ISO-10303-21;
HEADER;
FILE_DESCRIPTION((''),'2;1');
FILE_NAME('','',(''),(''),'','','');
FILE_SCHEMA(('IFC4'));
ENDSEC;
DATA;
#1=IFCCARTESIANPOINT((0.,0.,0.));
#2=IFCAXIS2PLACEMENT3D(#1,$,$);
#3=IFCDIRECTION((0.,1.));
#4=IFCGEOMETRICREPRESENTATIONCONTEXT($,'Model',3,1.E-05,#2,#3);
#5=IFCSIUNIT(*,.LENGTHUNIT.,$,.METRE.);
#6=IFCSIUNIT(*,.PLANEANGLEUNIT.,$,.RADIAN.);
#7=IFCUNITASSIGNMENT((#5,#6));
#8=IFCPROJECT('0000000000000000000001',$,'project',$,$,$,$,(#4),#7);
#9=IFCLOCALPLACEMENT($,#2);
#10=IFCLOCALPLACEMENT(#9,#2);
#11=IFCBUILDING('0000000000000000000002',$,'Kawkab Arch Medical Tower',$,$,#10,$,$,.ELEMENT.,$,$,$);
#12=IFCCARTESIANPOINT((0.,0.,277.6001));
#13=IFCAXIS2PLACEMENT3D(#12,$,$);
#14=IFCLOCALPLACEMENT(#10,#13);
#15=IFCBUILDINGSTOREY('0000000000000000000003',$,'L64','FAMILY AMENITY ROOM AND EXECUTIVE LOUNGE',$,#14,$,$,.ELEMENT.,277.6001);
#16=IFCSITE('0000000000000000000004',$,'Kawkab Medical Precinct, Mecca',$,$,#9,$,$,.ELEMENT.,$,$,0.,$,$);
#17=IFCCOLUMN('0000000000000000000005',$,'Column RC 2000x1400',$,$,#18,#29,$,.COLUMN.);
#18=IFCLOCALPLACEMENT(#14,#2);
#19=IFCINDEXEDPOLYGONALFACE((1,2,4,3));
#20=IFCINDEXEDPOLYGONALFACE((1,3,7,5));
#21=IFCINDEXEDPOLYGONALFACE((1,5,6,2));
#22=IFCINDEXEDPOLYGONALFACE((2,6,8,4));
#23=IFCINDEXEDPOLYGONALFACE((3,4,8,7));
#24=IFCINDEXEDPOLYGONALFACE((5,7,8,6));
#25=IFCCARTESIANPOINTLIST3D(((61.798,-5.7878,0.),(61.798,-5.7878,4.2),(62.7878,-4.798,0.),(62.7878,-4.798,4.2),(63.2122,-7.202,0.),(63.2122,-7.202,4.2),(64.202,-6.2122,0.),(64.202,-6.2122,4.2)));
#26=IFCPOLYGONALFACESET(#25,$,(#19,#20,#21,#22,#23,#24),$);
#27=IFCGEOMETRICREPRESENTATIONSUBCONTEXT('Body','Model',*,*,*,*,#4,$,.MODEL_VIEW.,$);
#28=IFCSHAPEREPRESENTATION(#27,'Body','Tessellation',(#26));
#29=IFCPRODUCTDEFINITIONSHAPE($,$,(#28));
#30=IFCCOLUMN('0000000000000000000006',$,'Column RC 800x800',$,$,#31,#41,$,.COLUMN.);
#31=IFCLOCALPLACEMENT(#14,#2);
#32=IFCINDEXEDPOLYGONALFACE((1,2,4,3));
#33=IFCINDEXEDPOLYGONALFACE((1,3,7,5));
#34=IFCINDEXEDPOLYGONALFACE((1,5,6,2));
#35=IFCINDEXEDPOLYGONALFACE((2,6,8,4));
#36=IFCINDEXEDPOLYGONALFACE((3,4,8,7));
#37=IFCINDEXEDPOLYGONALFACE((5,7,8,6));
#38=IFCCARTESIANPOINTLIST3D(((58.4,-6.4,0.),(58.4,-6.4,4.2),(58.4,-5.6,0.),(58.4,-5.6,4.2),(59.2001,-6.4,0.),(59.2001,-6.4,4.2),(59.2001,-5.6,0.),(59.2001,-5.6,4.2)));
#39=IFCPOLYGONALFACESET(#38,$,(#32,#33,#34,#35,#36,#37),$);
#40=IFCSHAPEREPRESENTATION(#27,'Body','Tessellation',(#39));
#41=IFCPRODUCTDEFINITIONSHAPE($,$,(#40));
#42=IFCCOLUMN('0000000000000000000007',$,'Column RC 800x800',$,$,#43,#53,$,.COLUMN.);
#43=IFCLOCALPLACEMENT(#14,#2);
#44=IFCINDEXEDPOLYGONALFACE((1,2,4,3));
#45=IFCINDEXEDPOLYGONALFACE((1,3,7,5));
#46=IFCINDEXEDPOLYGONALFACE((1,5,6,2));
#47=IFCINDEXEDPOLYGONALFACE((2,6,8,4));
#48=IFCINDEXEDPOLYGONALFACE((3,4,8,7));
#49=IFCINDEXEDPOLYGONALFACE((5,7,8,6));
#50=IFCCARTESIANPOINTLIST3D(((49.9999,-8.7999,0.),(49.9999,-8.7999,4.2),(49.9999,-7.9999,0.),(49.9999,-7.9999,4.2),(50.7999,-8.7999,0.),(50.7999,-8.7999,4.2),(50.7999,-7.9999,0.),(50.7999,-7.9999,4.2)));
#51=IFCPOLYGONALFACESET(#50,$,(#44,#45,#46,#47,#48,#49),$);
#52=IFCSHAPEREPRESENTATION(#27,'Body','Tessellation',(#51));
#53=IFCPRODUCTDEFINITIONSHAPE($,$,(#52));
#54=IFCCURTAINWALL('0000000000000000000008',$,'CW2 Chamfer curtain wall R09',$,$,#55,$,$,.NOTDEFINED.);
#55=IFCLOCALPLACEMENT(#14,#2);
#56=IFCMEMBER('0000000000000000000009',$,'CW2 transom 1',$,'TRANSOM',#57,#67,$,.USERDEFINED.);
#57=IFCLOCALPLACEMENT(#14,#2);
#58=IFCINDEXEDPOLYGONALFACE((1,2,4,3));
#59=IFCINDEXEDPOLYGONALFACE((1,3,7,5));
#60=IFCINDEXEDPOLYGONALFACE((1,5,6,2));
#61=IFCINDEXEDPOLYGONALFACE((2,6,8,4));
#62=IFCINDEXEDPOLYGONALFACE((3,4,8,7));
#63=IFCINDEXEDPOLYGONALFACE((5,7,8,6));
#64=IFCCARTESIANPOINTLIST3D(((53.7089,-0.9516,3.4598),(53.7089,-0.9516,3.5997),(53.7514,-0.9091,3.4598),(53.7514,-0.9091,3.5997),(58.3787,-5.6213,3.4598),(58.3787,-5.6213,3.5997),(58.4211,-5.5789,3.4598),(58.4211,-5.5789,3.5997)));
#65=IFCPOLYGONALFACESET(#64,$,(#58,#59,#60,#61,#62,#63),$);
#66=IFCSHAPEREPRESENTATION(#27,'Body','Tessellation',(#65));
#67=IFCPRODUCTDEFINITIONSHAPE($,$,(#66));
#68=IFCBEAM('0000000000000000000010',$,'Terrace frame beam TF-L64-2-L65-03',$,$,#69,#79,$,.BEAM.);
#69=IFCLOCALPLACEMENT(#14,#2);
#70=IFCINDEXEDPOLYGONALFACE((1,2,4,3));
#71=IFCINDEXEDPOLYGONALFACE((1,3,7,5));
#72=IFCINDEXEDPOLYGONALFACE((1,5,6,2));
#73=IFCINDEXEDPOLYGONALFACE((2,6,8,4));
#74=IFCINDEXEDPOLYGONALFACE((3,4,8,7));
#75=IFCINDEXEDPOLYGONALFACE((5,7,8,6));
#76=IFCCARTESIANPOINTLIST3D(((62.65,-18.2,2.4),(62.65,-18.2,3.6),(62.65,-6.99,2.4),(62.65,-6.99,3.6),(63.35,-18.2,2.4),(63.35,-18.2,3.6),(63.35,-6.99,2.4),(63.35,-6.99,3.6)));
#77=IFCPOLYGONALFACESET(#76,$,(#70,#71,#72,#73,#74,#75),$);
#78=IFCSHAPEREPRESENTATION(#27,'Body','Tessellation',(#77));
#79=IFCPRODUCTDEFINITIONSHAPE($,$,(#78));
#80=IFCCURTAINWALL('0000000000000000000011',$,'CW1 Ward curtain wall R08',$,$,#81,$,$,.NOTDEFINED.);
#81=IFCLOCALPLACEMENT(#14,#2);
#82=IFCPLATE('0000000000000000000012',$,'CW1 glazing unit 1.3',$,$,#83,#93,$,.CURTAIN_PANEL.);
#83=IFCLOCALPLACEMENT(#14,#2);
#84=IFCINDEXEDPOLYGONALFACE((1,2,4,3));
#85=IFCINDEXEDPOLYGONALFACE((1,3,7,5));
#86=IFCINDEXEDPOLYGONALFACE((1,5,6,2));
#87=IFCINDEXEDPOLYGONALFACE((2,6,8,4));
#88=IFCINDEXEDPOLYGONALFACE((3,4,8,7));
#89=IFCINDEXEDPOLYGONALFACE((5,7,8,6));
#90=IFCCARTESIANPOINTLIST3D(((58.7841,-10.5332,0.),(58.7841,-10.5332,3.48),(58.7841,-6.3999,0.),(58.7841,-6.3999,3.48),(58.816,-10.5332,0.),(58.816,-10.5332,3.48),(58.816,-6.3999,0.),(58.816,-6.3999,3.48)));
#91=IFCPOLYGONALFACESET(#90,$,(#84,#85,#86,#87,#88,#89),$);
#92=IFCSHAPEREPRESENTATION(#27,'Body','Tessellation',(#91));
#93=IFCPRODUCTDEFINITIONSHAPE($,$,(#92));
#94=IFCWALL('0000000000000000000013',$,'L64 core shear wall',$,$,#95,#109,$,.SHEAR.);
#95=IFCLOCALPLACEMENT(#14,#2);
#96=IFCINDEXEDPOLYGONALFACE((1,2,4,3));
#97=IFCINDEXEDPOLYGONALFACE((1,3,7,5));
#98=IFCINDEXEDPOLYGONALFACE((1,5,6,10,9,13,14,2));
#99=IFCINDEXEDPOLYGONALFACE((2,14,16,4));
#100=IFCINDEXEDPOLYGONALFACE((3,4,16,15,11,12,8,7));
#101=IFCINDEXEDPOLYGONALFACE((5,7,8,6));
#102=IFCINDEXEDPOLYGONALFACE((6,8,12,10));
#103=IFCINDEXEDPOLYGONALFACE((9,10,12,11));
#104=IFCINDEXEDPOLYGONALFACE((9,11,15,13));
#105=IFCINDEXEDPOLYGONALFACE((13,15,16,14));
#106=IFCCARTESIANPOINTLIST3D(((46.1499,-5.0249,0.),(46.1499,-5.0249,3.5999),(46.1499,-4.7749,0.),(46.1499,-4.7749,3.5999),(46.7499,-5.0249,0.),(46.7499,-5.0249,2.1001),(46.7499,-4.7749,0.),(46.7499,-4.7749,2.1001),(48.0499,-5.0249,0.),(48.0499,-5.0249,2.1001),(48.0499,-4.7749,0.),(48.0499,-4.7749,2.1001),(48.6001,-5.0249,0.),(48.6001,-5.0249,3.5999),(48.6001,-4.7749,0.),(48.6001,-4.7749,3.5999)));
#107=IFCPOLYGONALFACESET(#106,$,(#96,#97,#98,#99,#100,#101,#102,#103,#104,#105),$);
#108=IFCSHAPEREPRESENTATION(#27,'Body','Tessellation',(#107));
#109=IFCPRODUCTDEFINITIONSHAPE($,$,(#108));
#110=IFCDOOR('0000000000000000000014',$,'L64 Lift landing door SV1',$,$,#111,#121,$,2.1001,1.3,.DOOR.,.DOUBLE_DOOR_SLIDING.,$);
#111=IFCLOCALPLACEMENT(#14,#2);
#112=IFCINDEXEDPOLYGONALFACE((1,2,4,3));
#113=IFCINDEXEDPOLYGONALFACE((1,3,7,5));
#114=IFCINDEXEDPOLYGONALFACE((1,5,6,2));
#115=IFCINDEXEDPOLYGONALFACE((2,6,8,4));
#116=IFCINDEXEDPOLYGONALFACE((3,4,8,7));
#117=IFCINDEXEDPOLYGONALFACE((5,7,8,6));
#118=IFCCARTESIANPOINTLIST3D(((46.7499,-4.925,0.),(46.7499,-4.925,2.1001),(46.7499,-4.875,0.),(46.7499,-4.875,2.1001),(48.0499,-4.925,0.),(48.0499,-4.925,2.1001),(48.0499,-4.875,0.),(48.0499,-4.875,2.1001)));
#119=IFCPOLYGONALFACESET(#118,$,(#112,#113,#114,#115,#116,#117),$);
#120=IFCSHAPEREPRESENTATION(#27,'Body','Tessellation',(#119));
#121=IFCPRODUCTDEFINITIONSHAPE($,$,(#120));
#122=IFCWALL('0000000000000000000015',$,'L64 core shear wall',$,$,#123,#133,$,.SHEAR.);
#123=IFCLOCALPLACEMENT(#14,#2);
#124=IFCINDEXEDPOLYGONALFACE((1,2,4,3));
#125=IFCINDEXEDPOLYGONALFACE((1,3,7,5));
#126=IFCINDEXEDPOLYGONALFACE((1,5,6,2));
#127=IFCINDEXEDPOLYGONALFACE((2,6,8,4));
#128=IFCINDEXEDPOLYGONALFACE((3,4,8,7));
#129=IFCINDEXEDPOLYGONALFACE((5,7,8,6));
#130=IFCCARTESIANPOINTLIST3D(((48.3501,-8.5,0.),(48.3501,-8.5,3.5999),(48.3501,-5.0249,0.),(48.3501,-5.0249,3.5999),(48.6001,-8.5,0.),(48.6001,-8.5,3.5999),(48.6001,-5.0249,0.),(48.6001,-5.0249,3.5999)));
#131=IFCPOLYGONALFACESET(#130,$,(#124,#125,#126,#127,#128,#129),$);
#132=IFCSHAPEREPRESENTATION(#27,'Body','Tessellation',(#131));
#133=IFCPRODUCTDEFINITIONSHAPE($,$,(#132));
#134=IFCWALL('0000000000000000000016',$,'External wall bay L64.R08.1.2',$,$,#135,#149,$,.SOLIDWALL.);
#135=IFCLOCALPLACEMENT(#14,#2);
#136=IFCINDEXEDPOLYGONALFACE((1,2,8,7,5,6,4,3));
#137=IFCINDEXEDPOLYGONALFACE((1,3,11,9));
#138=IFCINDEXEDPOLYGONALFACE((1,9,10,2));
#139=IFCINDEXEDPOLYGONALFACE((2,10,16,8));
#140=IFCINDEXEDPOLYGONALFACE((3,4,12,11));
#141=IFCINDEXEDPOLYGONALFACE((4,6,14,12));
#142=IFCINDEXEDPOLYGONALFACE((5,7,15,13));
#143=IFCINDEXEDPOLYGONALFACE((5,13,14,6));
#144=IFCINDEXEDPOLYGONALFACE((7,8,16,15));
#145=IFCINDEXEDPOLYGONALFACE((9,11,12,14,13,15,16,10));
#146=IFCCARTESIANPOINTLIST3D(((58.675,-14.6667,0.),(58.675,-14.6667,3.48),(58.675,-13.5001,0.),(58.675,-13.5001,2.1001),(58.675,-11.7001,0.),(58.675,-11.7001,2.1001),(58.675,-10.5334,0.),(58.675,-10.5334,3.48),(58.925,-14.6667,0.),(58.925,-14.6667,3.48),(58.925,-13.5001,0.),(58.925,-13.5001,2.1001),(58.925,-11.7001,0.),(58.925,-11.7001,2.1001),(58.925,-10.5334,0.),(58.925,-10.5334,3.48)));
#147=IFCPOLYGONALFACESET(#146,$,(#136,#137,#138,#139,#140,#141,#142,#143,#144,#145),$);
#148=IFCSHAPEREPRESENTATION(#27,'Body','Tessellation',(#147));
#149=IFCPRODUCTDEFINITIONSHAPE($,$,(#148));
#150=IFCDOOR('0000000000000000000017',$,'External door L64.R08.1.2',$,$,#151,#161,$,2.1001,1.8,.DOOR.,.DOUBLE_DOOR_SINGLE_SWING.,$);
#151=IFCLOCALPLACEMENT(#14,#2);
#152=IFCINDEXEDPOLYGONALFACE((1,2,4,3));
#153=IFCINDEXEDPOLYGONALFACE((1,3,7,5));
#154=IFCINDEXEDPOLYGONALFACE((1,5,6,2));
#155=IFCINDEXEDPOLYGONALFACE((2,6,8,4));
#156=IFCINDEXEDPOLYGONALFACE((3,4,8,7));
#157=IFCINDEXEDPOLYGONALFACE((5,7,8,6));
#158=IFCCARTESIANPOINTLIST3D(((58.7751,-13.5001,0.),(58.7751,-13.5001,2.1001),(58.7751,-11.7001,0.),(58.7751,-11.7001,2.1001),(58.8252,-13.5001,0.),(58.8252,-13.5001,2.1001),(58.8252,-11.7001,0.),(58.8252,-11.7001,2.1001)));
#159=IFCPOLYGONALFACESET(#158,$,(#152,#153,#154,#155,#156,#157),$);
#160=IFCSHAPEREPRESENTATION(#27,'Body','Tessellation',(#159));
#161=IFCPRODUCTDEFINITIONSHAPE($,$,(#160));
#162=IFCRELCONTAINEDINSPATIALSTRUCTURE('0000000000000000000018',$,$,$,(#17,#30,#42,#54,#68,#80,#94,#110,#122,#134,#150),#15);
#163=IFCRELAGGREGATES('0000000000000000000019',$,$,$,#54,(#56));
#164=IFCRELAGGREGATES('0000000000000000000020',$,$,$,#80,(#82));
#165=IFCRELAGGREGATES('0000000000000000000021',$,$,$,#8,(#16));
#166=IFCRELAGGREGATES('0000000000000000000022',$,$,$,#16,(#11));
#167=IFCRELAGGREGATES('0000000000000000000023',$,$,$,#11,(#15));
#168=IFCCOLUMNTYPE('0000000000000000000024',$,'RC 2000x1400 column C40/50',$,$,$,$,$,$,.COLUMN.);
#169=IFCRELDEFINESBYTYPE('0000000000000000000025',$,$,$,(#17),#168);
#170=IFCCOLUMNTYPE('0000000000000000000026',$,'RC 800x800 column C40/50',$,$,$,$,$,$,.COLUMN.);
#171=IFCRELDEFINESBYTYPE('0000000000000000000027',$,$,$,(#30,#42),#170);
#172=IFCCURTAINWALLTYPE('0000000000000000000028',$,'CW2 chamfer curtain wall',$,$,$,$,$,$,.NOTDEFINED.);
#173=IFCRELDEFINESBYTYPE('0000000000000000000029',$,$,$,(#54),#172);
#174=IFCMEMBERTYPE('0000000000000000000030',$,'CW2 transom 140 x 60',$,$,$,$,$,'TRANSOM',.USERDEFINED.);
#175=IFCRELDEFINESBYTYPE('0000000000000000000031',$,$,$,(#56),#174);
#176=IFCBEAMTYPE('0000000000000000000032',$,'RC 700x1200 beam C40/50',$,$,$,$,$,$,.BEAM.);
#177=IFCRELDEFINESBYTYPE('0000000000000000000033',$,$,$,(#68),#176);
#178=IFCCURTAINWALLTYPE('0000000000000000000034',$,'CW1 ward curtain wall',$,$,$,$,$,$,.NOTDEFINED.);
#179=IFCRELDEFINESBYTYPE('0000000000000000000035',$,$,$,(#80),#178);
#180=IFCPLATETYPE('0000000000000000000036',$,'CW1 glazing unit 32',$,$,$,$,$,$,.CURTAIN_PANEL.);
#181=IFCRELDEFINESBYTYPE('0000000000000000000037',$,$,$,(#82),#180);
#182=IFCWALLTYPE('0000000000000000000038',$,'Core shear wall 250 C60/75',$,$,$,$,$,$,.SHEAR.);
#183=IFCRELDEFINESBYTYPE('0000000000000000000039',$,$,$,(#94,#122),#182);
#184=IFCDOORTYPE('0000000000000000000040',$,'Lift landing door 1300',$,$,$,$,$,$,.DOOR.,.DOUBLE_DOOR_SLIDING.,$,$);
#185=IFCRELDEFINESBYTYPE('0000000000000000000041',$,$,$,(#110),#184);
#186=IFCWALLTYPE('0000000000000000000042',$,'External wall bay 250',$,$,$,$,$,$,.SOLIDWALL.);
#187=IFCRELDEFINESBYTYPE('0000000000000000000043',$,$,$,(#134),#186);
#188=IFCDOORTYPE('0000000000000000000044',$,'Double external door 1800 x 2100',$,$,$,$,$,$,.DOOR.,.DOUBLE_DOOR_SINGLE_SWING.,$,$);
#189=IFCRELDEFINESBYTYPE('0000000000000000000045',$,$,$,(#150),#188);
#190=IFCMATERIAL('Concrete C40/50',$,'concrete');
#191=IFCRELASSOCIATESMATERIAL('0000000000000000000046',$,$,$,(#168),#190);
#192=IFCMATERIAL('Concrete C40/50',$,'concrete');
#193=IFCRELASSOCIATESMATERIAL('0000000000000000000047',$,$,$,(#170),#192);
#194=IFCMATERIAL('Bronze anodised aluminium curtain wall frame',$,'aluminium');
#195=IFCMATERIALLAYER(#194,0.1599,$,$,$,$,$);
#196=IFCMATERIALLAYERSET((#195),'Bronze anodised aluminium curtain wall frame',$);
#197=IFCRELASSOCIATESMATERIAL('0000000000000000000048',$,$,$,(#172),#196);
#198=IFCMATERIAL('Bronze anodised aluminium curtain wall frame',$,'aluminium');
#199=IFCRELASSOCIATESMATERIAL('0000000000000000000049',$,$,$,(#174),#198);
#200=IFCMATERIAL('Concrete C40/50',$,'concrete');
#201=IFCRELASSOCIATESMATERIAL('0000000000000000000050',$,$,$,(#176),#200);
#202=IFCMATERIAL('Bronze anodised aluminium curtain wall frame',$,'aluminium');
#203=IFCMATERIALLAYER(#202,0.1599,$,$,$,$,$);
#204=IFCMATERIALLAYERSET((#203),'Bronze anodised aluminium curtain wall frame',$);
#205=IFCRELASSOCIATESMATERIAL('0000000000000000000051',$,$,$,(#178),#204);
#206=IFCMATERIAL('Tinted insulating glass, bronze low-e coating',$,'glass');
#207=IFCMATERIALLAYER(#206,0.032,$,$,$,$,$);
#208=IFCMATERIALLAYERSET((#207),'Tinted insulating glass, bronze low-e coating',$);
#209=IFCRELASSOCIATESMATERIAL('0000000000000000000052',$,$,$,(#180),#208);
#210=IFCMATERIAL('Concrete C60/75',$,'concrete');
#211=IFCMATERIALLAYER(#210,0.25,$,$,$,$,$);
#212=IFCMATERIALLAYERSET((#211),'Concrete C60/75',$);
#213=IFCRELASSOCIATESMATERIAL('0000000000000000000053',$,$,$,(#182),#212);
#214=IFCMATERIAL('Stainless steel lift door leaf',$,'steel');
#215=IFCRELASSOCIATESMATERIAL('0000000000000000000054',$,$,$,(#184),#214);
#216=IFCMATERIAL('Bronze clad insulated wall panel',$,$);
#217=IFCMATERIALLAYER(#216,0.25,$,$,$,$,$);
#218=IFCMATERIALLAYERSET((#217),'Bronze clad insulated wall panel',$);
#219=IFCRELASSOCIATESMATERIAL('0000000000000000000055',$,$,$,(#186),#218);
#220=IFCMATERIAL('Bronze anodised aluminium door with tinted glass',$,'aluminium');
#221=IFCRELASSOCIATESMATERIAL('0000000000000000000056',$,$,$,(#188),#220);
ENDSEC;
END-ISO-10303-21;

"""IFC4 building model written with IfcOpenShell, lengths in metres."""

from ifc_helpers import new_model, si_unit, direction, frame, frame_2d, origin, origin_2d, place, context, subcontext, project, spatial, rectangle, extrude, material, layer, layer_set, material_profile, profile_set, type_object, element, fill, aggregate, save


model = new_model("IFC4")

# Units and contexts
model_context = context("Model", 3, precision=1e-05, world=origin(), true_north=direction((0.0, 1.0)))
body_context = subcontext(model_context, "Body", "Model", "MODEL_VIEW")
ifc_project = project(units=[si_unit("LENGTHUNIT", "METRE"), si_unit("PLANEANGLEUNIT", "RADIAN")], contexts=[model_context])

# Site, building, storey
site_placement = place(None, origin())
site = spatial("IfcSite", under=ifc_project, at=site_placement, Name="Kawkab Medical Precinct, Mecca", CompositionType="ELEMENT", RefElevation=0.0)
building_placement = place(site_placement, origin())
building = spatial("IfcBuilding", under=site, at=building_placement, Name="Kawkab Arch Medical Tower", CompositionType="ELEMENT")
storey_placement = place(building_placement, frame((0.0, 0.0, 277.6001)))
storey = spatial("IfcBuildingStorey", under=building, at=storey_placement, Name="L64", Description="FAMILY AMENITY ROOM AND EXECUTIVE LOUNGE", CompositionType="ELEMENT", Elevation=277.6001)

# Columns
ifc_material_1 = material(Name="Concrete C40/50", Category="concrete")
ifc_material_profile_1 = material_profile(ifc_material_1, rectangle(XDim=2.0, YDim=1.3999, at=origin_2d()), Name="RC 2000x1400")
ifc_profile_set_1 = profile_set([ifc_material_profile_1], Name="Concrete C40/50")
column_type_1 = type_object("IfcColumnType", Name="RC 2000x1400 column C40/50", PredefinedType="COLUMN", material=ifc_profile_set_1)
column_placement = place(storey_placement, frame((63.0, -6.0, 0.0), z_axis=(0.0, 0.0, 1.0), x_axis=(0.707107, -0.707107, 0.0)))
element("IfcColumn", 1, at=column_placement, inside=storey, type_object=column_type_1, Name="Column RC 2000x1400", PredefinedType="COLUMN", context=body_context, shape_type="SweptSolid", body=[
    extrude(rectangle(XDim=2.0, YDim=1.3999, at=origin_2d()), origin(), (0.0, 0.0, 1.0), 4.2),
])
ifc_material_2 = material(Name="Concrete C40/50", Category="concrete")
ifc_material_profile_2 = material_profile(ifc_material_2, rectangle(XDim=0.8, YDim=0.8, at=origin_2d()), Name="RC 800x800")
ifc_profile_set_2 = profile_set([ifc_material_profile_2], Name="Concrete C40/50")
column_type_2 = type_object("IfcColumnType", Name="RC 800x800 column C40/50", PredefinedType="COLUMN", material=ifc_profile_set_2)
for number, where, z_axis, x_axis, name in (
    (2, (58.8, -6.0, 0.0), (0.0, 0.0, 1.0), (1.0, 0.0, 0.0), "Column RC 800x800"),
    (3, (50.3999, -8.3999, 0.0), (0.0, 0.0, 1.0), (1.0, 0.0, 0.0), "Column RC 800x800"),
):
    element("IfcColumn", number, at=place(storey_placement, frame(where, z_axis=z_axis, x_axis=x_axis)), inside=storey, type_object=column_type_2, Name=name, PredefinedType="COLUMN", context=body_context, shape_type="SweptSolid", body=[
        extrude(rectangle(XDim=0.8, YDim=0.8, at=origin_2d()), origin(), (0.0, 0.0, 1.0), 4.2),
    ])

# Curtain wall, member
ifc_material_3 = material(Name="Bronze anodised aluminium curtain wall frame", Category="aluminium")
ifc_layer_1 = layer(ifc_material_3, 0.1599)
ifc_layer_set_1 = layer_set([ifc_layer_1], Name="Bronze anodised aluminium curtain wall frame")
curtain_wall_type_1 = type_object("IfcCurtainWallType", Name="CW2 chamfer curtain wall", PredefinedType="NOTDEFINED", material=ifc_layer_set_1)
placement = place(storey_placement, origin())
curtain_wall_1 = element("IfcCurtainWall", 4, at=placement, inside=storey, type_object=curtain_wall_type_1, Name="CW2 Chamfer curtain wall R09", PredefinedType="NOTDEFINED")
ifc_material_4 = material(Name="Bronze anodised aluminium curtain wall frame", Category="aluminium")
ifc_material_profile_3 = material_profile(ifc_material_4, rectangle(XDim=0.0601, YDim=0.1399, at=origin_2d()), Name="AL 60x140")
ifc_profile_set_3 = profile_set([ifc_material_profile_3], Name="Bronze anodised aluminium curtain wall frame")
member_type = type_object("IfcMemberType", Name="CW2 transom 140 x 60", ElementType="TRANSOM", PredefinedType="USERDEFINED", material=ifc_profile_set_3)
member_placement = place(storey_placement, frame((58.3999, -5.6001, 3.5298), z_axis=(-0.707107, 0.707107, 0.0), x_axis=(-0.707107, -0.707107, 0.0)))
member = element("IfcMember", 5, at=member_placement, type_object=member_type, Name="CW2 transom 1", ObjectType="TRANSOM", PredefinedType="USERDEFINED", context=body_context, shape_type="SweptSolid", body=[
    extrude(rectangle(XDim=0.0601, YDim=0.1399, at=origin_2d()), origin(), (0.0, 0.0, 1.0), 6.604),
])
aggregate(curtain_wall_1, [member])

# Beam
ifc_material_5 = material(Name="Concrete C40/50", Category="concrete")
ifc_material_profile_4 = material_profile(ifc_material_5, rectangle(XDim=0.7, YDim=1.2, at=origin_2d()), Name="RC 700x1200")
ifc_profile_set_4 = profile_set([ifc_material_profile_4], Name="Concrete C40/50")
beam_type = type_object("IfcBeamType", Name="RC 700x1200 beam C40/50", PredefinedType="BEAM", material=ifc_profile_set_4)
beam_placement = place(storey_placement, frame((63.0, -6.99, 3.0), z_axis=(0.0, -1.0, 0.0), x_axis=(1.0, 0.0, 0.0)))
element("IfcBeam", 6, at=beam_placement, inside=storey, type_object=beam_type, Name="Terrace frame beam TF-L64-2-L65-03", PredefinedType="BEAM", context=body_context, shape_type="SweptSolid", body=[
    extrude(rectangle(XDim=0.7, YDim=1.2, at=origin_2d()), origin(), (0.0, 0.0, 1.0), 11.21),
])

# Curtain wall, plate
ifc_material_6 = material(Name="Bronze anodised aluminium curtain wall frame", Category="aluminium")
ifc_layer_2 = layer(ifc_material_6, 0.1599)
ifc_layer_set_2 = layer_set([ifc_layer_2], Name="Bronze anodised aluminium curtain wall frame")
curtain_wall_type_2 = type_object("IfcCurtainWallType", Name="CW1 ward curtain wall", PredefinedType="NOTDEFINED", material=ifc_layer_set_2)
curtain_wall_2 = element("IfcCurtainWall", 7, at=placement, inside=storey, type_object=curtain_wall_type_2, Name="CW1 Ward curtain wall R08", PredefinedType="NOTDEFINED")
ifc_material_7 = material(Name="Tinted insulating glass, bronze low-e coating", Category="glass")
ifc_layer_3 = layer(ifc_material_7, 0.032)
ifc_layer_set_3 = layer_set([ifc_layer_3], Name="Tinted insulating glass, bronze low-e coating")
plate_type = type_object("IfcPlateType", Name="CW1 glazing unit 32", PredefinedType="CURTAIN_PANEL", material=ifc_layer_set_3)
plate_placement = place(storey_placement, frame((58.8, -8.4666, 0.0), z_axis=(0.0, 0.0, 1.0), x_axis=(0.0, 1.0, 0.0)))
plate = element("IfcPlate", 8, at=plate_placement, type_object=plate_type, Name="CW1 glazing unit 1.3", PredefinedType="CURTAIN_PANEL", context=body_context, shape_type="SweptSolid", body=[
    extrude(rectangle(XDim=4.1333, YDim=0.032, at=origin_2d()), origin(), (0.0, 0.0, 1.0), 3.48),
])
aggregate(curtain_wall_2, [plate])

# Wall, opening, door
ifc_material_8 = material(Name="Concrete C60/75", Category="concrete")
ifc_layer_4 = layer(ifc_material_8, 0.25)
ifc_layer_set_4 = layer_set([ifc_layer_4], Name="Concrete C60/75")
wall_type_1 = type_object("IfcWallType", Name="Core shear wall 250 C60/75", PredefinedType="SHEAR", material=ifc_layer_set_4)
wall_1_placement = place(storey_placement, frame((46.1499, -4.8999, 0.0), z_axis=(0.0, 0.0, 1.0), x_axis=(1.0, 0.0, 0.0)))
wall_1 = element("IfcWall", 9, at=wall_1_placement, inside=storey, type_object=wall_type_1, Name="L64 core shear wall", PredefinedType="SHEAR", context=body_context, shape_type="SweptSolid", body=[
    extrude(rectangle(XDim=2.4502, YDim=0.25, at=frame_2d((1.2251, 0.0))), origin(), (0.0, 0.0, 1.0), 3.5999),
])
opening_1_placement = place(wall_1_placement, frame((0.6001, 0.0, 0.0)))
opening_1 = element("IfcOpeningElement", 10, at=opening_1_placement, cuts=wall_1, PredefinedType="OPENING", context=body_context, shape_type="SweptSolid", body=[
    extrude(rectangle(XDim=1.3, YDim=2.1001, at=frame_2d((0.6499, 1.05))), frame((0.0, 0.135, 0.0), z_axis=(0.0, -1.0, 0.0), x_axis=(1.0, 0.0, 0.0)), (0.0, 0.0, 1.0), 0.27),
])
ifc_material_9 = material(Name="Stainless steel lift door leaf", Category="steel")
door_type_1 = type_object("IfcDoorType", Name="Lift landing door 1300", OperationType="DOUBLE_DOOR_SLIDING", PredefinedType="DOOR", material=ifc_material_9)
door_1_placement = place(opening_1_placement, origin())
door_1 = element("IfcDoor", 11, at=door_1_placement, inside=storey, type_object=door_type_1, Name="L64 Lift landing door SV1", OperationType="DOUBLE_DOOR_SLIDING", OverallHeight=2.1001, OverallWidth=1.3, PredefinedType="DOOR", context=body_context, shape_type="SweptSolid", body=[
    extrude(rectangle(XDim=1.3, YDim=2.1001, at=frame_2d((0.6499, 1.05))), frame((0.0, 0.0249, 0.0), z_axis=(0.0, -1.0, 0.0), x_axis=(1.0, 0.0, 0.0)), (0.0, 0.0, 1.0), 0.05),
])
fill(opening_1, door_1)

# Wall
wall_2_placement = place(storey_placement, frame((48.4751, -8.5, 0.0), z_axis=(0.0, 0.0, 1.0), x_axis=(0.0, 1.0, 0.0)))
element("IfcWall", 12, at=wall_2_placement, inside=storey, type_object=wall_type_1, Name="L64 core shear wall", PredefinedType="SHEAR", context=body_context, shape_type="SweptSolid", body=[
    extrude(rectangle(XDim=3.4751, YDim=0.25, at=frame_2d((1.7375, 0.0))), origin(), (0.0, 0.0, 1.0), 3.5999),
])

# Wall, opening, door
ifc_material_10 = material(Name="Bronze clad insulated wall panel")
ifc_layer_5 = layer(ifc_material_10, 0.25)
ifc_layer_set_5 = layer_set([ifc_layer_5], Name="Bronze clad insulated wall panel")
wall_type_2 = type_object("IfcWallType", Name="External wall bay 250", PredefinedType="SOLIDWALL", material=ifc_layer_set_5)
wall_3_placement = place(storey_placement, frame((58.8, -14.6667, 0.0), z_axis=(0.0, 0.0, 1.0), x_axis=(0.0, 1.0, 0.0)))
wall_3 = element("IfcWall", 13, at=wall_3_placement, inside=storey, type_object=wall_type_2, Name="External wall bay L64.R08.1.2", PredefinedType="SOLIDWALL", context=body_context, shape_type="SweptSolid", body=[
    extrude(rectangle(XDim=4.1333, YDim=0.25, at=frame_2d((2.0667, 0.0))), origin(), (0.0, 0.0, 1.0), 3.48),
])
opening_2_placement = place(wall_3_placement, frame((1.1667, 0.0, 0.0)))
opening_2 = element("IfcOpeningElement", 14, at=opening_2_placement, cuts=wall_3, PredefinedType="OPENING", context=body_context, shape_type="SweptSolid", body=[
    extrude(rectangle(XDim=1.8, YDim=2.1001, at=frame_2d((0.8999, 1.05))), frame((0.0, 0.135, 0.0), z_axis=(0.0, -1.0, 0.0), x_axis=(1.0, 0.0, 0.0)), (0.0, 0.0, 1.0), 0.27),
])
ifc_material_11 = material(Name="Bronze anodised aluminium door with tinted glass", Category="aluminium")
door_type_2 = type_object("IfcDoorType", Name="Double external door 1800 x 2100", OperationType="DOUBLE_DOOR_SINGLE_SWING", PredefinedType="DOOR", material=ifc_material_11)
door_2_placement = place(opening_2_placement, origin())
door_2 = element("IfcDoor", 15, at=door_2_placement, inside=storey, type_object=door_type_2, Name="External door L64.R08.1.2", OperationType="DOUBLE_DOOR_SINGLE_SWING", OverallHeight=2.1001, OverallWidth=1.8, PredefinedType="DOOR", context=body_context, shape_type="SweptSolid", body=[
    extrude(rectangle(XDim=1.8, YDim=2.1001, at=frame_2d((0.8999, 1.05))), frame((0.0, 0.0249, 0.0), z_axis=(0.0, -1.0, 0.0), x_axis=(1.0, 0.0, 0.0)), (0.0, 0.0, 1.0), 0.05),
])
fill(opening_2, door_2)

save(model, "model.ifc")
